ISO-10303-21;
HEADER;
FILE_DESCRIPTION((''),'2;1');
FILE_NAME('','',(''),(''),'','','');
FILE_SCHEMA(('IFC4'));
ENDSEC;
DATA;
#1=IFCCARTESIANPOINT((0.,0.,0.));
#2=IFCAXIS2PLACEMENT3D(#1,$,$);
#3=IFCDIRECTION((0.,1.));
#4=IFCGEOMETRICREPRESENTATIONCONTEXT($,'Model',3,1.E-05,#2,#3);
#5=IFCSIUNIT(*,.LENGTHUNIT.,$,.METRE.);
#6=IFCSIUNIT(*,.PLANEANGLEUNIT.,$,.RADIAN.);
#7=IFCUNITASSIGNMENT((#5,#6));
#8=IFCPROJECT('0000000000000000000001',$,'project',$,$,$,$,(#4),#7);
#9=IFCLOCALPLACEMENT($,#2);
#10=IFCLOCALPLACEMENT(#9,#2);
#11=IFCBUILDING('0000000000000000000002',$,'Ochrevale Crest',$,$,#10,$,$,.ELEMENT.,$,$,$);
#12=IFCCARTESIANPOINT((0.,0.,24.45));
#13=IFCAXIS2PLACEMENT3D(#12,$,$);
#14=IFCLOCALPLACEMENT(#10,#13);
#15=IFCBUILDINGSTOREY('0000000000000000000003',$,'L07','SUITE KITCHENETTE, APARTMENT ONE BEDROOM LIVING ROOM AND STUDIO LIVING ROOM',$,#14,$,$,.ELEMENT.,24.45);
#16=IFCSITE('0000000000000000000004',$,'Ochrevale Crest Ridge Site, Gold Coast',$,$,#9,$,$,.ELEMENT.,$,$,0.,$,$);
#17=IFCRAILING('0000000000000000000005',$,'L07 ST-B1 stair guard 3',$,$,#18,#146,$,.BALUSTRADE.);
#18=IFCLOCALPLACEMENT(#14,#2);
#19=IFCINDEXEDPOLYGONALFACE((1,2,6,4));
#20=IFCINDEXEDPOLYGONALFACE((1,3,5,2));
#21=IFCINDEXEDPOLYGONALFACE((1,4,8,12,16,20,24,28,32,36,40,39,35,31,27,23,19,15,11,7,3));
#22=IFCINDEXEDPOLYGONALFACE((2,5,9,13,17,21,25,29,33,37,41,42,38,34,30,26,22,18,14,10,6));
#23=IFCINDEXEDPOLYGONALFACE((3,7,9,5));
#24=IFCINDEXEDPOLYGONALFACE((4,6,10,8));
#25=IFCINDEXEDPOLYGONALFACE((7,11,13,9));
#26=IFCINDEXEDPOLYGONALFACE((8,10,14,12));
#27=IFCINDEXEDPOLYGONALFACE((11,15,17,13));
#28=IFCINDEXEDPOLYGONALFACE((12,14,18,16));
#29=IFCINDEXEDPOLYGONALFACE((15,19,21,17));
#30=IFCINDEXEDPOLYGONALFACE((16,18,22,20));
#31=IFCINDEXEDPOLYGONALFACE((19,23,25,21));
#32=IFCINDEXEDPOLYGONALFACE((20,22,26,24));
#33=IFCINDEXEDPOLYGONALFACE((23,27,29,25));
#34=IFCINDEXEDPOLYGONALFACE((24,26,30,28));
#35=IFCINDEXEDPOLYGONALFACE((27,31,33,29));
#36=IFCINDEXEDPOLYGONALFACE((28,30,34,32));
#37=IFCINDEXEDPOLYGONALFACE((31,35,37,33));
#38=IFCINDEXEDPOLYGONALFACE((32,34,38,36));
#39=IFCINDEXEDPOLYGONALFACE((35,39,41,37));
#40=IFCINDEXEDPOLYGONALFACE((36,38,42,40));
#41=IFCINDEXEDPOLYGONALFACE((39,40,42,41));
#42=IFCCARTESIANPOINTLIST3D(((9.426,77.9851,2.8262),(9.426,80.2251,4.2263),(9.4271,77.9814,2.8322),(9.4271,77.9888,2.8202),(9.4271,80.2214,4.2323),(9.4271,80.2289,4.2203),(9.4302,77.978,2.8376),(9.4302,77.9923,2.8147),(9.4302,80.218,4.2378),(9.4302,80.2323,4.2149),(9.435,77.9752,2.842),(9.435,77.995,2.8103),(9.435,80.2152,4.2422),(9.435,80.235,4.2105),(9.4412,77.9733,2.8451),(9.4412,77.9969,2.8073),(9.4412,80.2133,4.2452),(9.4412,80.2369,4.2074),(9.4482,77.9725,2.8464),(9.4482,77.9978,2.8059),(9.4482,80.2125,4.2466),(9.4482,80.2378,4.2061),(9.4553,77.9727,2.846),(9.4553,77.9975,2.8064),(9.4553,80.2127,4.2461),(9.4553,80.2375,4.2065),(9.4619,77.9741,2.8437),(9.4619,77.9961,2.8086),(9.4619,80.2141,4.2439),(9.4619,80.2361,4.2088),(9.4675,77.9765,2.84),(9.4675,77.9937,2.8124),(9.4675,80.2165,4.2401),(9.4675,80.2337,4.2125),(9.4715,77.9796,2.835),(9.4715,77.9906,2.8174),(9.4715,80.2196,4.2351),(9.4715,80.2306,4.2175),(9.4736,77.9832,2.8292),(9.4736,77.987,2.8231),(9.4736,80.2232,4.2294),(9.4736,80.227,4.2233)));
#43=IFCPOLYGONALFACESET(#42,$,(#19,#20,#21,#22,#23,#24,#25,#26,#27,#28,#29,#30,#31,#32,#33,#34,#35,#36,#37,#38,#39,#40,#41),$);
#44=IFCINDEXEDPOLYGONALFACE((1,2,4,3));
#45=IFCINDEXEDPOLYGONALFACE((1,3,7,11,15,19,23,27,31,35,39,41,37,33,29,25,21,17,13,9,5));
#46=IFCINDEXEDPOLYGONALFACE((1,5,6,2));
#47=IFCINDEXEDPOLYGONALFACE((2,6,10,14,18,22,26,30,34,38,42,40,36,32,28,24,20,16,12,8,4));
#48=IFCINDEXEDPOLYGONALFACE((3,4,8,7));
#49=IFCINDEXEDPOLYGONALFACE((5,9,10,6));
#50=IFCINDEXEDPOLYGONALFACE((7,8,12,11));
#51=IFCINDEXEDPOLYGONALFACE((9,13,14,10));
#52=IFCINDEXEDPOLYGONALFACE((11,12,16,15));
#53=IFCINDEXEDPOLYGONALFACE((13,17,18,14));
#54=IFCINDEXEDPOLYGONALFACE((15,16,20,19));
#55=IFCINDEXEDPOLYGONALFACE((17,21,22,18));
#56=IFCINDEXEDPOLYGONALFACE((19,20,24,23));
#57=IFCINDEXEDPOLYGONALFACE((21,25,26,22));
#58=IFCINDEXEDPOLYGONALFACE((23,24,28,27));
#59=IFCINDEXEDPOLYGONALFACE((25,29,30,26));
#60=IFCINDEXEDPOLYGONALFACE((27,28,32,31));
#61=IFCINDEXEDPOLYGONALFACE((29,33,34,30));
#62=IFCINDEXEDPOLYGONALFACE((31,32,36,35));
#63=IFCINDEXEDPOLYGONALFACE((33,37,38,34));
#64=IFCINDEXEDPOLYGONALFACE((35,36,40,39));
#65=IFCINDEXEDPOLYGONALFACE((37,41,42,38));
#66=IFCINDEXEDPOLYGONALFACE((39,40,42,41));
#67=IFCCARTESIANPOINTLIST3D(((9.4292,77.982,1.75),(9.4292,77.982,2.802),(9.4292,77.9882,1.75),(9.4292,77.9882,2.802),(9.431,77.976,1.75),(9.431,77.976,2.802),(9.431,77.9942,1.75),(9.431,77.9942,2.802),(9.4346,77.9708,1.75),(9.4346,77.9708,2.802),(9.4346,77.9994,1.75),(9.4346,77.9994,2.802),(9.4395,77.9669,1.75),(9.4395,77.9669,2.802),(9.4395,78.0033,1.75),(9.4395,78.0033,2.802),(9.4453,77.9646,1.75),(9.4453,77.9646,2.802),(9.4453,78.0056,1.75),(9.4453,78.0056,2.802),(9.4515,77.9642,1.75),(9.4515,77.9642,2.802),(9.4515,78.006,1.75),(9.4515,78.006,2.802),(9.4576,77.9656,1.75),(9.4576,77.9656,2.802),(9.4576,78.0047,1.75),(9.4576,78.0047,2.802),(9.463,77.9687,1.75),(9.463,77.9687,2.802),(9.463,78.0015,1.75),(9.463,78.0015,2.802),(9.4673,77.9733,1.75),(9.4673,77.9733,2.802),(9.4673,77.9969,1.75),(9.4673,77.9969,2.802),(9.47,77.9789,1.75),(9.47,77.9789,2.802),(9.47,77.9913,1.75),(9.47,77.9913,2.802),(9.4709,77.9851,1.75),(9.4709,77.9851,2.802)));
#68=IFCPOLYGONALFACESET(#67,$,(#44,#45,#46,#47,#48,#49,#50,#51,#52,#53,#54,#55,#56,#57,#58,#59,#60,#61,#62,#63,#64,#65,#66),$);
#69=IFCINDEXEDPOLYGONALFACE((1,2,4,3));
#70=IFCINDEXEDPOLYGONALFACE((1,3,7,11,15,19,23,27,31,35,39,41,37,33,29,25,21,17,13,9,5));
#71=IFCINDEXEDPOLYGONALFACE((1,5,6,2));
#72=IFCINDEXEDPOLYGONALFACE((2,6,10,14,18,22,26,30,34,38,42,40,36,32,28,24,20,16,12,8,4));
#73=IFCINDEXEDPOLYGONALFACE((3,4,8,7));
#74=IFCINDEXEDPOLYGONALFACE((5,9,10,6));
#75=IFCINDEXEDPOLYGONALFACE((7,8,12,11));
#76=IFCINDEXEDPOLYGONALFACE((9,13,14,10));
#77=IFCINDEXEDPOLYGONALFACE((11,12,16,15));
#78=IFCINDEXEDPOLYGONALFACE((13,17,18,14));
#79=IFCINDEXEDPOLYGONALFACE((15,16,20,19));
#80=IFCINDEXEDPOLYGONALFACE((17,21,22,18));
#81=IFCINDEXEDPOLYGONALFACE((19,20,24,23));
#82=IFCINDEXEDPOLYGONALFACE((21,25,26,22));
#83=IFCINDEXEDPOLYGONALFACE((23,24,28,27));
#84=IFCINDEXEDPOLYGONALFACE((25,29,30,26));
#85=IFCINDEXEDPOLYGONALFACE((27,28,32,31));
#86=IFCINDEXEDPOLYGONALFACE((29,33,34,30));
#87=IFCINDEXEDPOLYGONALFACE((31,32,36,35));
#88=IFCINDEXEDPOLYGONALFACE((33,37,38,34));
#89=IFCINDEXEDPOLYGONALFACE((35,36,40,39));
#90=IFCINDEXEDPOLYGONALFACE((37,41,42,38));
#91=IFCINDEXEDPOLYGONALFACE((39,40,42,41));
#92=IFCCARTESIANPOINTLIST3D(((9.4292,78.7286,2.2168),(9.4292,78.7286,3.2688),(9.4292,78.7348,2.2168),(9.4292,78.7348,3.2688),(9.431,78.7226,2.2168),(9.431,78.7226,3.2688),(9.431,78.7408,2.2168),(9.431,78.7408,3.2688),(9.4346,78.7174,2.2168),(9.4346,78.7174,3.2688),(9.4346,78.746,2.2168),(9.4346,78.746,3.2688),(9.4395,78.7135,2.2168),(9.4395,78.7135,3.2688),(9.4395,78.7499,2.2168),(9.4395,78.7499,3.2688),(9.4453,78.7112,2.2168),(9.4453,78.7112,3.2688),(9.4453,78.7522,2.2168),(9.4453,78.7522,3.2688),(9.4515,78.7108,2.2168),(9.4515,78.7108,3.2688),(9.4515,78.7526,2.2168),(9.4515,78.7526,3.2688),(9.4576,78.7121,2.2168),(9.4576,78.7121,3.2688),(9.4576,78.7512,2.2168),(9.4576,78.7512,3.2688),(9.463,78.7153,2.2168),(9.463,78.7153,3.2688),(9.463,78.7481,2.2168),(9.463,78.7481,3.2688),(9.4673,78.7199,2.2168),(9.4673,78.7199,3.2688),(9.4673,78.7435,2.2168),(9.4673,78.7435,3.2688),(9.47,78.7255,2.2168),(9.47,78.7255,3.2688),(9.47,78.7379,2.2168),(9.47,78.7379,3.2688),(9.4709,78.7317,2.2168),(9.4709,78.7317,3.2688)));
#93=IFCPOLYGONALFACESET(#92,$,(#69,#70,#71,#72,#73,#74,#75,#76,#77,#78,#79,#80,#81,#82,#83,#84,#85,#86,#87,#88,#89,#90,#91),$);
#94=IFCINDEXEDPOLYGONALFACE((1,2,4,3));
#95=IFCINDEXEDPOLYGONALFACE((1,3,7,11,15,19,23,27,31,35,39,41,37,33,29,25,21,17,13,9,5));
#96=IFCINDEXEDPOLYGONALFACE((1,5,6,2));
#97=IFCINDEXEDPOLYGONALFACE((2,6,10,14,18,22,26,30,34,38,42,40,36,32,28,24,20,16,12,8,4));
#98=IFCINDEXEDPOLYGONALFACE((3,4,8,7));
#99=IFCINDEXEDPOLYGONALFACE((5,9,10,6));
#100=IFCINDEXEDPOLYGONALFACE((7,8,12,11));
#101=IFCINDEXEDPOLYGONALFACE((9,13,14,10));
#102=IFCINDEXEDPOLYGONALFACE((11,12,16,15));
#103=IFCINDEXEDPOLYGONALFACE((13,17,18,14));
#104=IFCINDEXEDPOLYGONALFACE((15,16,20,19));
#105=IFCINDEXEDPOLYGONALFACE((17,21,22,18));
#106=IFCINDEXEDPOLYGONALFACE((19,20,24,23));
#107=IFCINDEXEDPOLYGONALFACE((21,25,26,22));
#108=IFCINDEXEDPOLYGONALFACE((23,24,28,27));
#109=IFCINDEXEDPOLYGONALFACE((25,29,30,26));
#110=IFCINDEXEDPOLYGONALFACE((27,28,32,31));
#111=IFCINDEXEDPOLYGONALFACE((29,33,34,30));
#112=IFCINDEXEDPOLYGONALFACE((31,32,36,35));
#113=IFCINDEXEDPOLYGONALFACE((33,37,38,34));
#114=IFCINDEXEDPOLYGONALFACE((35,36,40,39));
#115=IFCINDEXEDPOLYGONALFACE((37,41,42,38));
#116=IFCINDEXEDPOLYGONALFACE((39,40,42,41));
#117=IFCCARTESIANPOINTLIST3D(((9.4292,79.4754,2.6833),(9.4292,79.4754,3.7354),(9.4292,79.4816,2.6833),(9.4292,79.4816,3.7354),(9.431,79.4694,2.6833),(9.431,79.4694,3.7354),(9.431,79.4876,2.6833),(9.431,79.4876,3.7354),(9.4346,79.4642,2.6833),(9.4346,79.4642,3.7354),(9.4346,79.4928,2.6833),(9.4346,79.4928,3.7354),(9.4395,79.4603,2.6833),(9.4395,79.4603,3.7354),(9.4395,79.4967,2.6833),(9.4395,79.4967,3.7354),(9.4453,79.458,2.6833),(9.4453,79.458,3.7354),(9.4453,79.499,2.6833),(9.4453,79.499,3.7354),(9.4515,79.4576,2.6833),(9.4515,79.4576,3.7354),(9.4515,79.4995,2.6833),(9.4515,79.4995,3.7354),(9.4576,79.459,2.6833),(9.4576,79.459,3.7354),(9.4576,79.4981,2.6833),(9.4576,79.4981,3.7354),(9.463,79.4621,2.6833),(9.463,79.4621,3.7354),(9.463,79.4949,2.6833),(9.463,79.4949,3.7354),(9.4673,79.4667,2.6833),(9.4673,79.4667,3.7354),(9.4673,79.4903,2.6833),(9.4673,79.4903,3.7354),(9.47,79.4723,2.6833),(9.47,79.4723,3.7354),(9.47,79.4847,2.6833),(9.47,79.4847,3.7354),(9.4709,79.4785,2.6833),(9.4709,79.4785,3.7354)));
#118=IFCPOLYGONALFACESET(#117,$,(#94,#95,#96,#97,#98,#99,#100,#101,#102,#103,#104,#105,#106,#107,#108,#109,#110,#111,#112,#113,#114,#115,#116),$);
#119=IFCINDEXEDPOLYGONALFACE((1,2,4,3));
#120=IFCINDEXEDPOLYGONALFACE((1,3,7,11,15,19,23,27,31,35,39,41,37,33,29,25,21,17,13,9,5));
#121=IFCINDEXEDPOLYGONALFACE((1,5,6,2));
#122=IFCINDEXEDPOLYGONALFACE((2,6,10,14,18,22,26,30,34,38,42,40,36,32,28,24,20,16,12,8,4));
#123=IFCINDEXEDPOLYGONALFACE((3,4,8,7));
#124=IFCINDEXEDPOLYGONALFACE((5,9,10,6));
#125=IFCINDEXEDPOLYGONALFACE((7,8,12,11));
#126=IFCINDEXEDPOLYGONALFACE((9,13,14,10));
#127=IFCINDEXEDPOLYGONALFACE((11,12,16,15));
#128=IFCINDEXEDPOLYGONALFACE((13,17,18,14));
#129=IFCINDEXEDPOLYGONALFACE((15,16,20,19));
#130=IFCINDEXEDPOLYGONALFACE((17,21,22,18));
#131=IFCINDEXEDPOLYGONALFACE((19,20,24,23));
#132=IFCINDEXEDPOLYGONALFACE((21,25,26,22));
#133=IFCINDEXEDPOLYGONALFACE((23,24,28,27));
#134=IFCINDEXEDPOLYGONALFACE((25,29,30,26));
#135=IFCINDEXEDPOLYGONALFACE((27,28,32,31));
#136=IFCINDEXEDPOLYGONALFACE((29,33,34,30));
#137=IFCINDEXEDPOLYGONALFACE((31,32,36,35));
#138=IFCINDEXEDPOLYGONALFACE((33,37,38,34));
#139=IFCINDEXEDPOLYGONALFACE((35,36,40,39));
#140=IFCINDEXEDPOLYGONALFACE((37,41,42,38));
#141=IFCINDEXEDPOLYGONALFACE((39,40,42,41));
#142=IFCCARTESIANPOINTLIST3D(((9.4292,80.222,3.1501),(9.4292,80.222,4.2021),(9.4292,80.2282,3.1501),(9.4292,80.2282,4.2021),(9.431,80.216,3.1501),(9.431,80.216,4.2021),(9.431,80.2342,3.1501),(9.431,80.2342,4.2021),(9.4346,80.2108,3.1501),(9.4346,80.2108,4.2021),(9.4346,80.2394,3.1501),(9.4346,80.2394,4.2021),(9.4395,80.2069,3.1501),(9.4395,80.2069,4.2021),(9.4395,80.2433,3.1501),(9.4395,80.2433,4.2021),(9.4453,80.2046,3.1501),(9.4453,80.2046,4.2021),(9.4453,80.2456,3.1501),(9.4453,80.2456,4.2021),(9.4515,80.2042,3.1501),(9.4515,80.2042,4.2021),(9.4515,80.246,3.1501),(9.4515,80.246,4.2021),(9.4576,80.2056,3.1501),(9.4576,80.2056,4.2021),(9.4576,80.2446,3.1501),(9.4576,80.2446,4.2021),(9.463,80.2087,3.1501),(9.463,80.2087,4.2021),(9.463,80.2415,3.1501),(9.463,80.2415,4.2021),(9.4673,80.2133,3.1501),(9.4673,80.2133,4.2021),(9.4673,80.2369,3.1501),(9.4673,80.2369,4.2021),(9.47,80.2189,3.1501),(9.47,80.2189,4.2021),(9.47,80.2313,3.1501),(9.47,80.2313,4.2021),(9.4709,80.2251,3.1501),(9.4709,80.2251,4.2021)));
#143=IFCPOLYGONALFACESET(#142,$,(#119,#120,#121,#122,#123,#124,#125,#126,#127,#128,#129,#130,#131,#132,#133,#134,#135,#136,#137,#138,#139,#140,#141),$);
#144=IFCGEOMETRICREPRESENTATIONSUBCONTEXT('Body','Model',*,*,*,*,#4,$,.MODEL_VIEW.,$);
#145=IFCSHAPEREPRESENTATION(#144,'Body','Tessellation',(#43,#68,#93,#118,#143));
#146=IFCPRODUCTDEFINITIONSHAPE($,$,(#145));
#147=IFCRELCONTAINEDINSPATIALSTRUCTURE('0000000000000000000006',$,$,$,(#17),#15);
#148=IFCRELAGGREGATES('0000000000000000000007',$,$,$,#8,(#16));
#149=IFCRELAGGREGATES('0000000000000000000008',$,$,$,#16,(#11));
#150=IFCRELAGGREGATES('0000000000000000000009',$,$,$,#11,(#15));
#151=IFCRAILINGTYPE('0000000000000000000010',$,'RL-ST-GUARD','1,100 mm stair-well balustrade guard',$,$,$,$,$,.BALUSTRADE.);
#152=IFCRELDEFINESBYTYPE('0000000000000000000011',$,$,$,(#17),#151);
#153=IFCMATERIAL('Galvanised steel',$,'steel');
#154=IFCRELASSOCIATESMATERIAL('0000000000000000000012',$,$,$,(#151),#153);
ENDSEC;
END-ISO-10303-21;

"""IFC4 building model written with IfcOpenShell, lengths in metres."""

from ifc_helpers import new_model, si_unit, direction, frame, origin, origin_2d, place, context, subcontext, project, spatial, circle, extrude, material, type_object, element, save


model = new_model("IFC4")

# Units and contexts
model_context = context("Model", 3, precision=1e-05, world=origin(), true_north=direction((0.0, 1.0)))
body_context = subcontext(model_context, "Body", "Model", "MODEL_VIEW")
ifc_project = project(units=[si_unit("LENGTHUNIT", "METRE"), si_unit("PLANEANGLEUNIT", "RADIAN")], contexts=[model_context])

# Site, building, storey
site_placement = place(None, origin())
site = spatial("IfcSite", under=ifc_project, at=site_placement, Name="Ochrevale Crest Ridge Site, Gold Coast", CompositionType="ELEMENT", RefElevation=0.0)
building_placement = place(site_placement, origin())
building = spatial("IfcBuilding", under=site, at=building_placement, Name="Ochrevale Crest", CompositionType="ELEMENT")
storey_placement = place(building_placement, frame((0.0, 0.0, 24.45)))
storey = spatial("IfcBuildingStorey", under=building, at=storey_placement, Name="L07", Description="SUITE KITCHENETTE, APARTMENT ONE BEDROOM LIVING ROOM AND STUDIO LIVING ROOM", CompositionType="ELEMENT", Elevation=24.45)

# Railing
ifc_material_1 = material(Name="Galvanised steel", Category="steel")
railing_type_1 = type_object("IfcRailingType", Name="RL-ST-GUARD", Description="1,100 mm stair-well balustrade guard", PredefinedType="BALUSTRADE", material=ifc_material_1)
railing_1_placement = place(storey_placement, frame((9.45, 77.9851, 1.75)))
element("IfcRailing", 1, at=railing_1_placement, inside=storey, type_object=railing_type_1, Name="L07 ST-B1 stair guard 3", PredefinedType="BALUSTRADE", context=body_context, shape_type="SweptSolid", body=[
    extrude(circle(Radius=0.0239, at=origin_2d()), frame((0.0, 0.0, 1.0762), z_axis=(0.0, 0.847972, 0.53004), x_axis=(-1.0, 0.0, 0.0)), (0.0, 0.0, 1.0), 2.6416),
    extrude(circle(Radius=0.021, at=origin_2d()), origin(), (0.0, 0.0, 1.0), 1.052),
    extrude(circle(Radius=0.021, at=origin_2d()), frame((0.0, 0.7466, 0.4668)), (0.0, 0.0, 1.0), 1.052),
    extrude(circle(Radius=0.021, at=origin_2d()), frame((0.0, 1.4934, 0.9333)), (0.0, 0.0, 1.0), 1.052),
    extrude(circle(Radius=0.021, at=origin_2d()), frame((0.0, 2.24, 1.4001)), (0.0, 0.0, 1.0), 1.052),
])

save(model, "model.ifc")
